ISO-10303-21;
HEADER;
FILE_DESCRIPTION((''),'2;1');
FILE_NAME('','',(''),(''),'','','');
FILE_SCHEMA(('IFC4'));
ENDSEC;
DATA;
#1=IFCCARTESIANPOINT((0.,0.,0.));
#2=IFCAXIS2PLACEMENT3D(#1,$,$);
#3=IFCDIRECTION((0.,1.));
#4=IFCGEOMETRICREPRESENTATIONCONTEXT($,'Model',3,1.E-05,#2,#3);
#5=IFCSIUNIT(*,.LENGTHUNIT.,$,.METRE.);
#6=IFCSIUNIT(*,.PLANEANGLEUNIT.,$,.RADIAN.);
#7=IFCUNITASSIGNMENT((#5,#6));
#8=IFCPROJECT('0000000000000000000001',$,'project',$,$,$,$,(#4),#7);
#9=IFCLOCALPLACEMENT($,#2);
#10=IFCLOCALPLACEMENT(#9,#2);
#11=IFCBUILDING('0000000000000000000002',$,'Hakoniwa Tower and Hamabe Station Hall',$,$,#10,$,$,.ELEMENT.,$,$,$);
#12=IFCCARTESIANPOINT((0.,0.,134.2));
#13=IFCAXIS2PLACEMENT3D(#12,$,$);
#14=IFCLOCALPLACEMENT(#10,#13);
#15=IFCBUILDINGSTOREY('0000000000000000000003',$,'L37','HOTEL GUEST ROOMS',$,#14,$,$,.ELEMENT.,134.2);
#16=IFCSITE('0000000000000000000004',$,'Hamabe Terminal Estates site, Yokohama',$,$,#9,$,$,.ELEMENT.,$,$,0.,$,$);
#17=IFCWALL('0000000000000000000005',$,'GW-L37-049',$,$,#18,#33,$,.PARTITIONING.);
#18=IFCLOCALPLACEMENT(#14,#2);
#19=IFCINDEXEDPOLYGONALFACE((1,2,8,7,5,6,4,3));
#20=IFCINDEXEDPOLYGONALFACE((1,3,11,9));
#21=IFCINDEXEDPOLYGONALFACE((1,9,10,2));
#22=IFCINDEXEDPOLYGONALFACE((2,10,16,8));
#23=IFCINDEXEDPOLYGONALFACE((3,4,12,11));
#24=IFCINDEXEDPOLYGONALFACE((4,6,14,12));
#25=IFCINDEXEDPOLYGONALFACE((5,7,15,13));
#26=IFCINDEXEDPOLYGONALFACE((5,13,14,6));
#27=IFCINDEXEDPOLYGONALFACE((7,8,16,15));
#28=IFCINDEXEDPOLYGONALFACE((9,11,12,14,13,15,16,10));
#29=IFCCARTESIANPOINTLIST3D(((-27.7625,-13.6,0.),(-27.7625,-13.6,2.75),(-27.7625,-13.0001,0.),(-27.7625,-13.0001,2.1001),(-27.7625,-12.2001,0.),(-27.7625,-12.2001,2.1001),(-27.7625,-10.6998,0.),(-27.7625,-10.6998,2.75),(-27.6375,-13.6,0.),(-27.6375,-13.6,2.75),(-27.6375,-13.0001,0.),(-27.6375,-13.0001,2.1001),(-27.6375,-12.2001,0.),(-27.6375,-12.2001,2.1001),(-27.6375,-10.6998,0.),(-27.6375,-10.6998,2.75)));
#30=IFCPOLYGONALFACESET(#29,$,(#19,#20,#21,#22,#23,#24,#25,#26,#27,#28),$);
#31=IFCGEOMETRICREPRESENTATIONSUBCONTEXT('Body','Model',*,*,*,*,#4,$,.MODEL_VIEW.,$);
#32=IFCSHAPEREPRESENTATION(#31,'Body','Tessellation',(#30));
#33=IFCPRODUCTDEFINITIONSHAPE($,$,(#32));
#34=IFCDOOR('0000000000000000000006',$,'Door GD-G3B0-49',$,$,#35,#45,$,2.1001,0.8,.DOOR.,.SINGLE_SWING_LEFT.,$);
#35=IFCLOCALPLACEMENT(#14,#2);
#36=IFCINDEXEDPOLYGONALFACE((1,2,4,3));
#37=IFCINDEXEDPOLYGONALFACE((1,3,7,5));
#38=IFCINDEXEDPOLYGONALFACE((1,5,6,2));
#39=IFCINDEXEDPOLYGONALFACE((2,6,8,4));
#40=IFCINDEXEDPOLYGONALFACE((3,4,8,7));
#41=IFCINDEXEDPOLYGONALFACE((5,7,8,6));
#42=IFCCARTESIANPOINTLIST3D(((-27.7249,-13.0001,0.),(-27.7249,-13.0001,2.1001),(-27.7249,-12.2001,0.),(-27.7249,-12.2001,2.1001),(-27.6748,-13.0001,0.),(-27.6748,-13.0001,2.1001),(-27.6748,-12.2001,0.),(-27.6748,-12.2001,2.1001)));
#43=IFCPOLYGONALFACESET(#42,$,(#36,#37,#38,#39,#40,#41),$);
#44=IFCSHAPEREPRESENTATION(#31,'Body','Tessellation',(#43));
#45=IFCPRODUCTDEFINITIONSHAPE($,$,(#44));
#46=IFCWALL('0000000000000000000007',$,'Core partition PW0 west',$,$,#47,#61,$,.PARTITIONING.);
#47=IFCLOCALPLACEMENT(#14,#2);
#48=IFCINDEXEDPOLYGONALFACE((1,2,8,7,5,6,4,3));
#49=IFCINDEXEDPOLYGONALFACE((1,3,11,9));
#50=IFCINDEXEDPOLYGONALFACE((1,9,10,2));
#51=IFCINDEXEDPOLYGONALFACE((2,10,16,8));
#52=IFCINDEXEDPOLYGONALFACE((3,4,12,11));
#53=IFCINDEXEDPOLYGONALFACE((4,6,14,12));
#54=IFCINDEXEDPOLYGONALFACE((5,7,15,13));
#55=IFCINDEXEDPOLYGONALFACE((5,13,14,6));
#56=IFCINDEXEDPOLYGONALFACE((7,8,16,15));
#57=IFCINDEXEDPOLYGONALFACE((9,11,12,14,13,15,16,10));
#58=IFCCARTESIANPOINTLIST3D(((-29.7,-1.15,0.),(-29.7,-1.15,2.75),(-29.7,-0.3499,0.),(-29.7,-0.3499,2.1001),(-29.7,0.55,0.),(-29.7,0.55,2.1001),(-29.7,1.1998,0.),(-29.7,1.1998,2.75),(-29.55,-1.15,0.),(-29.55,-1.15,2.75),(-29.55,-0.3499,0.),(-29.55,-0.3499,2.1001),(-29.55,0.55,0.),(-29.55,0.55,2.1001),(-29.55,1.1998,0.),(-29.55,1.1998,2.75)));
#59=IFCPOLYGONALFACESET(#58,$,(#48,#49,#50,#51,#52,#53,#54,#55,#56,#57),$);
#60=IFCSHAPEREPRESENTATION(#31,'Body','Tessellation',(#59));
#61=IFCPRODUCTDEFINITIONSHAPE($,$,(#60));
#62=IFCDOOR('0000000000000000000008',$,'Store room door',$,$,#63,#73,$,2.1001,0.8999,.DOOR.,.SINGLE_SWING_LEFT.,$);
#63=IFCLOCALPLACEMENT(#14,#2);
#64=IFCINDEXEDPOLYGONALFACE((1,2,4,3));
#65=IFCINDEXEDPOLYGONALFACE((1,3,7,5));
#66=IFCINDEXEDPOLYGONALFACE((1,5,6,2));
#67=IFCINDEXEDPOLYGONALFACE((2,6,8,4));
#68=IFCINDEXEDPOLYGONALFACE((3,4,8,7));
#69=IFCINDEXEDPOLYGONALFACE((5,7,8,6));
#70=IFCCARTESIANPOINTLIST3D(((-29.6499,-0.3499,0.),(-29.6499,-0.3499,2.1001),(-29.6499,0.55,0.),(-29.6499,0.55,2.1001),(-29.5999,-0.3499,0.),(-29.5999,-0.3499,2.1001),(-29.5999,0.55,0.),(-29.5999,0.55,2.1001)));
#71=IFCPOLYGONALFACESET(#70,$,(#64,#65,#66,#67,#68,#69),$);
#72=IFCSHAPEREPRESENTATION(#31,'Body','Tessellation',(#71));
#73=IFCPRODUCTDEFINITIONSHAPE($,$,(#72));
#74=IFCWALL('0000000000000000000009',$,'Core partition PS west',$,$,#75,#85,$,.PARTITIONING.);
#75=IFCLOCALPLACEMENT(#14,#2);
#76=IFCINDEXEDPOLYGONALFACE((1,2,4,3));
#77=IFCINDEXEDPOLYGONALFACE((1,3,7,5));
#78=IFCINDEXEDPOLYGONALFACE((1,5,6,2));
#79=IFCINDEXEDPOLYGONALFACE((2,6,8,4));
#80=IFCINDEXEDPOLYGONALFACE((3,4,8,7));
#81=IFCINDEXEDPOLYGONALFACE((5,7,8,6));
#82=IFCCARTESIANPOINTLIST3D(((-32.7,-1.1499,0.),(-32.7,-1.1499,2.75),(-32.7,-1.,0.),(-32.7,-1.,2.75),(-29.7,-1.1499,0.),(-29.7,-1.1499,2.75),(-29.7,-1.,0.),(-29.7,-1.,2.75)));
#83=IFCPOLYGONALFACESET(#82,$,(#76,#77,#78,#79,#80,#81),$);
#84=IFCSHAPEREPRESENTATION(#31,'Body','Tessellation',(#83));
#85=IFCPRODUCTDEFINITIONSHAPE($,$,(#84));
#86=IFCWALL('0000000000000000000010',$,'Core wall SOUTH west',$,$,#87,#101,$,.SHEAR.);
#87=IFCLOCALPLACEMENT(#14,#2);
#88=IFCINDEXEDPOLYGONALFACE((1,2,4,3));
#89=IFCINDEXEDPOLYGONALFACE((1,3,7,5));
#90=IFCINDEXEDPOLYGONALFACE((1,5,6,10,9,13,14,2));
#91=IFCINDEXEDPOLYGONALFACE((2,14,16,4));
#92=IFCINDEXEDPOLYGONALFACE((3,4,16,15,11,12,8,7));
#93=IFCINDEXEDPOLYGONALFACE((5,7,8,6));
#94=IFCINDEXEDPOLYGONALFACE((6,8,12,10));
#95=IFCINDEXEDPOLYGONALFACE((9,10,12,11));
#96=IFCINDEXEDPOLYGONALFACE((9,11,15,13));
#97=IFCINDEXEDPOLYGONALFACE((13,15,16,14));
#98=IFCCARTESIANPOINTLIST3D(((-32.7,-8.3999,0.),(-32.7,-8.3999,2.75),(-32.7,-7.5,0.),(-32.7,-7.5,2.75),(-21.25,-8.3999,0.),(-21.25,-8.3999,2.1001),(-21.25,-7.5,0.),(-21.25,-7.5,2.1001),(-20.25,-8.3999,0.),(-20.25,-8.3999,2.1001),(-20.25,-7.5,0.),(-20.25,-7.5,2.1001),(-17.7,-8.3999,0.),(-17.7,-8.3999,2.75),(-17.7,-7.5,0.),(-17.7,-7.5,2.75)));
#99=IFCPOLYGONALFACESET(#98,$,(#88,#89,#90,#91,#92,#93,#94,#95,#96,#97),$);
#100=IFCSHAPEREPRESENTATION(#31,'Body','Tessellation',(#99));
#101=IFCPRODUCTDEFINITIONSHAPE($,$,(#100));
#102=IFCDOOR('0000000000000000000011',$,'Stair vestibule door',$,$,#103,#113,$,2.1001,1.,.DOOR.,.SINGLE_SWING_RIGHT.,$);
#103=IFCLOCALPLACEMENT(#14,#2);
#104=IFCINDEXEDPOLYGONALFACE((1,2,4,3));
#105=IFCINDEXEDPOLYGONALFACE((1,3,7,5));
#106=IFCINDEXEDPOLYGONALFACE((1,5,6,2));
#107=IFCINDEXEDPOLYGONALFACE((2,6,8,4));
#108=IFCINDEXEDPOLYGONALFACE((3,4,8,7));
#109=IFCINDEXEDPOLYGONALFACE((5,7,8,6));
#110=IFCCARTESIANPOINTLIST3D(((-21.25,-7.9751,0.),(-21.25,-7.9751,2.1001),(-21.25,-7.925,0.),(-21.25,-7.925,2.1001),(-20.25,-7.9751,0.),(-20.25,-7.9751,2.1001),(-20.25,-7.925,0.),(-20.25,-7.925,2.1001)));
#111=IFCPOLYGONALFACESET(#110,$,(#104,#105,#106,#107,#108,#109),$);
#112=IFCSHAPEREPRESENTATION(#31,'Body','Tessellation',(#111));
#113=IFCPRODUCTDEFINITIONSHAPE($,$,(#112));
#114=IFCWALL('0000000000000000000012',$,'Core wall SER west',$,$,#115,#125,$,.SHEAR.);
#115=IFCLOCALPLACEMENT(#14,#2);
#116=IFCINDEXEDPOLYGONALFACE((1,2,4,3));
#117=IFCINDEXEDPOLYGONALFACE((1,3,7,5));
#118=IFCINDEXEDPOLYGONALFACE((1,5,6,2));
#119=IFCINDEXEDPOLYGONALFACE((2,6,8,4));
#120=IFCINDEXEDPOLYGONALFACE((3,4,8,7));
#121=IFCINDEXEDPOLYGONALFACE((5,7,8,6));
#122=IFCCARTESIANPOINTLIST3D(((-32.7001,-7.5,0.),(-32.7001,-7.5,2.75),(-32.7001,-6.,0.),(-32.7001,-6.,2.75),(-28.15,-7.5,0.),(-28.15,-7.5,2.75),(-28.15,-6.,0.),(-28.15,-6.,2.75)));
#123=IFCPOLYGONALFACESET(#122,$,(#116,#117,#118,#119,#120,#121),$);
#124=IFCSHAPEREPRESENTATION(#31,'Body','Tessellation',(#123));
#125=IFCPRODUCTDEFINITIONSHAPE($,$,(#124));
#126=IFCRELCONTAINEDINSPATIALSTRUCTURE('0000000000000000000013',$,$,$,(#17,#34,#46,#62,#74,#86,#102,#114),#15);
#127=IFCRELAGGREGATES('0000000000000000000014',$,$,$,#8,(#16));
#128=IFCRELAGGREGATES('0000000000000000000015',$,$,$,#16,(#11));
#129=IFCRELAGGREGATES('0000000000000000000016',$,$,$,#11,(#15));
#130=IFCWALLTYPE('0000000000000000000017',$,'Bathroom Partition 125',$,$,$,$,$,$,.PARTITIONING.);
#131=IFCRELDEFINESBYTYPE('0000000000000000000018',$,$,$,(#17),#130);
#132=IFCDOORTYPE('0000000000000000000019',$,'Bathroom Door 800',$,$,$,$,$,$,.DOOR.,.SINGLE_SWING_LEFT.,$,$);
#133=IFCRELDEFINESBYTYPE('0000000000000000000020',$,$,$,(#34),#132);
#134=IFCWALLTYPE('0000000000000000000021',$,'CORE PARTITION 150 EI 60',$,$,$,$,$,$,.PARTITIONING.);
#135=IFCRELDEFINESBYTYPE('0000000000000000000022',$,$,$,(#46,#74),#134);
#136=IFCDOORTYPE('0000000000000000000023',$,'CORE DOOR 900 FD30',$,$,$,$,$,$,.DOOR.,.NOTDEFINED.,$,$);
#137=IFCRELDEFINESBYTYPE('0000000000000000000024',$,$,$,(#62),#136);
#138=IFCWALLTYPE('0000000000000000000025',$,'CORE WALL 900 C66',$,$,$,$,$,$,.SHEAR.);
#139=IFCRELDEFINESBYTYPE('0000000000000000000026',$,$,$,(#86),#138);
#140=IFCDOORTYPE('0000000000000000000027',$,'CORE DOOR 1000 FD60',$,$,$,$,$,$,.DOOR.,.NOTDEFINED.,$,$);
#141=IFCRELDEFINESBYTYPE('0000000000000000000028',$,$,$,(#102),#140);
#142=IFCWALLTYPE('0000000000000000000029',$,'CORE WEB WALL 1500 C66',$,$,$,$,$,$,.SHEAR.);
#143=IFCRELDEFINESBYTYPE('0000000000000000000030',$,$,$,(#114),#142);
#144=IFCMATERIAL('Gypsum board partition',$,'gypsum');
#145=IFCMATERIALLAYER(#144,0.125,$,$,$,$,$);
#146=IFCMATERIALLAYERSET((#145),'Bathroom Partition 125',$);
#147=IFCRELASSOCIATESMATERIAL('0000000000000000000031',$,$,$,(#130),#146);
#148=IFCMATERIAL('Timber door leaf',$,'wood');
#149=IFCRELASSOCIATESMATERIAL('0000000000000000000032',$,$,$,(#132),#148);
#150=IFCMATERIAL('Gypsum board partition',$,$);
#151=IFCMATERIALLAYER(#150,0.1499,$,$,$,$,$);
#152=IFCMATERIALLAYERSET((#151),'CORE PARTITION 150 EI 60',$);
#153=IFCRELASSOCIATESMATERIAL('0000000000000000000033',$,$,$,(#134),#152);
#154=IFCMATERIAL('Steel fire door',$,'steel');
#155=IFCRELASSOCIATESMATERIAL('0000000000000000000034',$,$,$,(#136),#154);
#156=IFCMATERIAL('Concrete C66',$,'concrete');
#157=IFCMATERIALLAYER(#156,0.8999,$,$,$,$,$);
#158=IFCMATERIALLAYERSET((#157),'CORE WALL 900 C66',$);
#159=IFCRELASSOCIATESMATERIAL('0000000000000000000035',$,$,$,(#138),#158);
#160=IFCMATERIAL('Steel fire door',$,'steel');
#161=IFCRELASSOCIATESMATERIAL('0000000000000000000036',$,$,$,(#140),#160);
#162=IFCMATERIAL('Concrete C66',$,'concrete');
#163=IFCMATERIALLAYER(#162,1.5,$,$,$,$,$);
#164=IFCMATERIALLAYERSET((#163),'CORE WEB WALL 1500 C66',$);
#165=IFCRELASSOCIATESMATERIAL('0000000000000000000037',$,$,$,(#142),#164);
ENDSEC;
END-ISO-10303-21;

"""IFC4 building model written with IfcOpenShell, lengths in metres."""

from ifc_helpers import new_model, si_unit, direction, frame, frame_2d, origin, place, context, subcontext, project, spatial, rectangle, extrude, material, layer, layer_set, type_object, element, fill, save


model = new_model("IFC4")

# Units and contexts
model_context = context("Model", 3, precision=1e-05, world=origin(), true_north=direction((0.0, 1.0)))
body_context = subcontext(model_context, "Body", "Model", "MODEL_VIEW")
ifc_project = project(units=[si_unit("LENGTHUNIT", "METRE"), si_unit("PLANEANGLEUNIT", "RADIAN")], contexts=[model_context])

# Site, building, storey
site_placement = place(None, origin())
site = spatial("IfcSite", under=ifc_project, at=site_placement, Name="Hamabe Terminal Estates site, Yokohama", CompositionType="ELEMENT", RefElevation=0.0)
building_placement = place(site_placement, origin())
building = spatial("IfcBuilding", under=site, at=building_placement, Name="Hakoniwa Tower and Hamabe Station Hall", CompositionType="ELEMENT")
storey_placement = place(building_placement, frame((0.0, 0.0, 134.2)))
storey = spatial("IfcBuildingStorey", under=building, at=storey_placement, Name="L37", Description="HOTEL GUEST ROOMS", CompositionType="ELEMENT", Elevation=134.2)

# Walls, openings, doors
ifc_material_1 = material(Name="Gypsum board partition", Category="gypsum")
ifc_layer_1 = layer(ifc_material_1, 0.125)
ifc_layer_set_1 = layer_set([ifc_layer_1], Name="Bathroom Partition 125")
wall_type_1 = type_object("IfcWallType", Name="Bathroom Partition 125", PredefinedType="PARTITIONING", material=ifc_layer_set_1)
wall_1_placement = place(storey_placement, frame((-27.7, -13.6001, 0.0), z_axis=(0.0, 0.0, 1.0), x_axis=(0.0, 1.0, 0.0)))
wall_1 = element("IfcWall", 1, at=wall_1_placement, inside=storey, type_object=wall_type_1, Name="GW-L37-049", PredefinedType="PARTITIONING", context=body_context, shape_type="SweptSolid", body=[
    extrude(rectangle(XDim=2.9001, YDim=0.125, at=frame_2d((1.4502, 0.0))), origin(), (0.0, 0.0, 1.0), 2.75),
])
opening_1_placement = place(wall_1_placement, frame((0.6001, 0.0, 0.0)))
opening_1 = element("IfcOpeningElement", 2, at=opening_1_placement, cuts=wall_1, PredefinedType="OPENING", context=body_context, shape_type="SweptSolid", body=[
    extrude(rectangle(XDim=0.8, YDim=2.1001, at=frame_2d((0.3999, 1.05))), frame((0.0, 0.0725, 0.0), z_axis=(0.0, -1.0, 0.0), x_axis=(1.0, 0.0, 0.0)), (0.0, 0.0, 1.0), 0.145),
])
ifc_material_2 = material(Name="Timber door leaf", Category="wood")
door_type_1 = type_object("IfcDoorType", Name="Bathroom Door 800", OperationType="SINGLE_SWING_LEFT", PredefinedType="DOOR", material=ifc_material_2)
door_1_placement = place(opening_1_placement, origin())
door_1 = element("IfcDoor", 3, at=door_1_placement, inside=storey, type_object=door_type_1, Name="Door GD-G3B0-49", OperationType="SINGLE_SWING_LEFT", OverallHeight=2.1001, OverallWidth=0.8, PredefinedType="DOOR", context=body_context, shape_type="SweptSolid", body=[
    extrude(rectangle(XDim=0.8, YDim=2.1001, at=frame_2d((0.3999, 1.05))), frame((0.0, 0.0249, 0.0), z_axis=(0.0, -1.0, 0.0), x_axis=(1.0, 0.0, 0.0)), (0.0, 0.0, 1.0), 0.05),
])
fill(opening_1, door_1)
ifc_material_3 = material(Name="Gypsum board partition")
ifc_layer_2 = layer(ifc_material_3, 0.1499)
ifc_layer_set_2 = layer_set([ifc_layer_2], Name="CORE PARTITION 150 EI 60")
wall_type_2 = type_object("IfcWallType", Name="CORE PARTITION 150 EI 60", PredefinedType="PARTITIONING", material=ifc_layer_set_2)
wall_2_placement = place(storey_placement, frame((-29.625, -1.1499, 0.0), z_axis=(0.0, 0.0, 1.0), x_axis=(0.0, 1.0, 0.0)))
wall_2 = element("IfcWall", 4, at=wall_2_placement, inside=storey, type_object=wall_type_2, Name="Core partition PW0 west", PredefinedType="PARTITIONING", context=body_context, shape_type="SweptSolid", body=[
    extrude(rectangle(XDim=2.3499, YDim=0.1499, at=frame_2d((1.1748, 0.0))), origin(), (0.0, 0.0, 1.0), 2.75),
])
opening_2_placement = place(wall_2_placement, frame((0.8, 0.0, 0.0)))
opening_2 = element("IfcOpeningElement", 5, at=opening_2_placement, cuts=wall_2, PredefinedType="OPENING", context=body_context, shape_type="SweptSolid", body=[
    extrude(rectangle(XDim=0.8999, YDim=2.1001, at=frame_2d((0.45, 1.05))), frame((0.0, 0.085, 0.0), z_axis=(0.0, -1.0, 0.0), x_axis=(1.0, 0.0, 0.0)), (0.0, 0.0, 1.0), 0.1699),
])
ifc_material_4 = material(Name="Steel fire door", Category="steel")
door_type_2 = type_object("IfcDoorType", Name="CORE DOOR 900 FD30", OperationType="NOTDEFINED", PredefinedType="DOOR", material=ifc_material_4)
door_2_placement = place(opening_2_placement, origin())
door_2 = element("IfcDoor", 6, at=door_2_placement, inside=storey, type_object=door_type_2, Name="Store room door", OperationType="SINGLE_SWING_LEFT", OverallHeight=2.1001, OverallWidth=0.8999, PredefinedType="DOOR", context=body_context, shape_type="SweptSolid", body=[
    extrude(rectangle(XDim=0.8999, YDim=2.1001, at=frame_2d((0.45, 1.05))), frame((0.0, 0.0249, 0.0), z_axis=(0.0, -1.0, 0.0), x_axis=(1.0, 0.0, 0.0)), (0.0, 0.0, 1.0), 0.05),
])
fill(opening_2, door_2)

# Wall
wall_3_placement = place(storey_placement, frame((-32.7, -1.075, 0.0), z_axis=(0.0, 0.0, 1.0), x_axis=(1.0, 0.0, 0.0)))
element("IfcWall", 7, at=wall_3_placement, inside=storey, type_object=wall_type_2, Name="Core partition PS west", PredefinedType="PARTITIONING", context=body_context, shape_type="SweptSolid", body=[
    extrude(rectangle(XDim=3.0, YDim=0.1499, at=frame_2d((1.5, 0.0))), origin(), (0.0, 0.0, 1.0), 2.75),
])

# Wall, opening, door
ifc_material_5 = material(Name="Concrete C66", Category="concrete")
ifc_layer_3 = layer(ifc_material_5, 0.8999)
ifc_layer_set_3 = layer_set([ifc_layer_3], Name="CORE WALL 900 C66")
wall_type_3 = type_object("IfcWallType", Name="CORE WALL 900 C66", PredefinedType="SHEAR", material=ifc_layer_set_3)
wall_4_placement = place(storey_placement, frame((-32.7, -7.95, 0.0), z_axis=(0.0, 0.0, 1.0), x_axis=(1.0, 0.0, 0.0)))
wall_4 = element("IfcWall", 8, at=wall_4_placement, inside=storey, type_object=wall_type_3, Name="Core wall SOUTH west", PredefinedType="SHEAR", context=body_context, shape_type="SweptSolid", body=[
    extrude(rectangle(XDim=15.0, YDim=0.8999, at=frame_2d((7.5, 0.0))), origin(), (0.0, 0.0, 1.0), 2.75),
])
opening_3_placement = place(wall_4_placement, frame((11.45, 0.0, 0.0)))
opening_3 = element("IfcOpeningElement", 9, at=opening_3_placement, cuts=wall_4, PredefinedType="OPENING", context=body_context, shape_type="SweptSolid", body=[
    extrude(rectangle(XDim=1.0, YDim=2.1001, at=frame_2d((0.5, 1.05))), frame((0.0, 0.46, 0.0), z_axis=(0.0, -1.0, 0.0), x_axis=(1.0, 0.0, 0.0)), (0.0, 0.0, 1.0), 0.9199),
])
ifc_material_6 = material(Name="Steel fire door", Category="steel")
door_type_3 = type_object("IfcDoorType", Name="CORE DOOR 1000 FD60", OperationType="NOTDEFINED", PredefinedType="DOOR", material=ifc_material_6)
door_3_placement = place(opening_3_placement, origin())
door_3 = element("IfcDoor", 10, at=door_3_placement, inside=storey, type_object=door_type_3, Name="Stair vestibule door", OperationType="SINGLE_SWING_RIGHT", OverallHeight=2.1001, OverallWidth=1.0, PredefinedType="DOOR", context=body_context, shape_type="SweptSolid", body=[
    extrude(rectangle(XDim=1.0, YDim=2.1001, at=frame_2d((0.5, 1.05))), frame((0.0, 0.0249, 0.0), z_axis=(0.0, -1.0, 0.0), x_axis=(1.0, 0.0, 0.0)), (0.0, 0.0, 1.0), 0.05),
])
fill(opening_3, door_3)

# Wall
ifc_material_7 = material(Name="Concrete C66", Category="concrete")
ifc_layer_4 = layer(ifc_material_7, 1.5)
ifc_layer_set_4 = layer_set([ifc_layer_4], Name="CORE WEB WALL 1500 C66")
wall_type_4 = type_object("IfcWallType", Name="CORE WEB WALL 1500 C66", PredefinedType="SHEAR", material=ifc_layer_set_4)
wall_5_placement = place(storey_placement, frame((-32.7, -6.75, 0.0), z_axis=(0.0, 0.0, 1.0), x_axis=(1.0, 0.0, 0.0)))
element("IfcWall", 11, at=wall_5_placement, inside=storey, type_object=wall_type_4, Name="Core wall SER west", PredefinedType="SHEAR", context=body_context, shape_type="SweptSolid", body=[
    extrude(rectangle(XDim=4.55, YDim=1.5, at=frame_2d((2.2749, 0.0))), origin(), (0.0, 0.0, 1.0), 2.75),
])

save(model, "model.ifc")
